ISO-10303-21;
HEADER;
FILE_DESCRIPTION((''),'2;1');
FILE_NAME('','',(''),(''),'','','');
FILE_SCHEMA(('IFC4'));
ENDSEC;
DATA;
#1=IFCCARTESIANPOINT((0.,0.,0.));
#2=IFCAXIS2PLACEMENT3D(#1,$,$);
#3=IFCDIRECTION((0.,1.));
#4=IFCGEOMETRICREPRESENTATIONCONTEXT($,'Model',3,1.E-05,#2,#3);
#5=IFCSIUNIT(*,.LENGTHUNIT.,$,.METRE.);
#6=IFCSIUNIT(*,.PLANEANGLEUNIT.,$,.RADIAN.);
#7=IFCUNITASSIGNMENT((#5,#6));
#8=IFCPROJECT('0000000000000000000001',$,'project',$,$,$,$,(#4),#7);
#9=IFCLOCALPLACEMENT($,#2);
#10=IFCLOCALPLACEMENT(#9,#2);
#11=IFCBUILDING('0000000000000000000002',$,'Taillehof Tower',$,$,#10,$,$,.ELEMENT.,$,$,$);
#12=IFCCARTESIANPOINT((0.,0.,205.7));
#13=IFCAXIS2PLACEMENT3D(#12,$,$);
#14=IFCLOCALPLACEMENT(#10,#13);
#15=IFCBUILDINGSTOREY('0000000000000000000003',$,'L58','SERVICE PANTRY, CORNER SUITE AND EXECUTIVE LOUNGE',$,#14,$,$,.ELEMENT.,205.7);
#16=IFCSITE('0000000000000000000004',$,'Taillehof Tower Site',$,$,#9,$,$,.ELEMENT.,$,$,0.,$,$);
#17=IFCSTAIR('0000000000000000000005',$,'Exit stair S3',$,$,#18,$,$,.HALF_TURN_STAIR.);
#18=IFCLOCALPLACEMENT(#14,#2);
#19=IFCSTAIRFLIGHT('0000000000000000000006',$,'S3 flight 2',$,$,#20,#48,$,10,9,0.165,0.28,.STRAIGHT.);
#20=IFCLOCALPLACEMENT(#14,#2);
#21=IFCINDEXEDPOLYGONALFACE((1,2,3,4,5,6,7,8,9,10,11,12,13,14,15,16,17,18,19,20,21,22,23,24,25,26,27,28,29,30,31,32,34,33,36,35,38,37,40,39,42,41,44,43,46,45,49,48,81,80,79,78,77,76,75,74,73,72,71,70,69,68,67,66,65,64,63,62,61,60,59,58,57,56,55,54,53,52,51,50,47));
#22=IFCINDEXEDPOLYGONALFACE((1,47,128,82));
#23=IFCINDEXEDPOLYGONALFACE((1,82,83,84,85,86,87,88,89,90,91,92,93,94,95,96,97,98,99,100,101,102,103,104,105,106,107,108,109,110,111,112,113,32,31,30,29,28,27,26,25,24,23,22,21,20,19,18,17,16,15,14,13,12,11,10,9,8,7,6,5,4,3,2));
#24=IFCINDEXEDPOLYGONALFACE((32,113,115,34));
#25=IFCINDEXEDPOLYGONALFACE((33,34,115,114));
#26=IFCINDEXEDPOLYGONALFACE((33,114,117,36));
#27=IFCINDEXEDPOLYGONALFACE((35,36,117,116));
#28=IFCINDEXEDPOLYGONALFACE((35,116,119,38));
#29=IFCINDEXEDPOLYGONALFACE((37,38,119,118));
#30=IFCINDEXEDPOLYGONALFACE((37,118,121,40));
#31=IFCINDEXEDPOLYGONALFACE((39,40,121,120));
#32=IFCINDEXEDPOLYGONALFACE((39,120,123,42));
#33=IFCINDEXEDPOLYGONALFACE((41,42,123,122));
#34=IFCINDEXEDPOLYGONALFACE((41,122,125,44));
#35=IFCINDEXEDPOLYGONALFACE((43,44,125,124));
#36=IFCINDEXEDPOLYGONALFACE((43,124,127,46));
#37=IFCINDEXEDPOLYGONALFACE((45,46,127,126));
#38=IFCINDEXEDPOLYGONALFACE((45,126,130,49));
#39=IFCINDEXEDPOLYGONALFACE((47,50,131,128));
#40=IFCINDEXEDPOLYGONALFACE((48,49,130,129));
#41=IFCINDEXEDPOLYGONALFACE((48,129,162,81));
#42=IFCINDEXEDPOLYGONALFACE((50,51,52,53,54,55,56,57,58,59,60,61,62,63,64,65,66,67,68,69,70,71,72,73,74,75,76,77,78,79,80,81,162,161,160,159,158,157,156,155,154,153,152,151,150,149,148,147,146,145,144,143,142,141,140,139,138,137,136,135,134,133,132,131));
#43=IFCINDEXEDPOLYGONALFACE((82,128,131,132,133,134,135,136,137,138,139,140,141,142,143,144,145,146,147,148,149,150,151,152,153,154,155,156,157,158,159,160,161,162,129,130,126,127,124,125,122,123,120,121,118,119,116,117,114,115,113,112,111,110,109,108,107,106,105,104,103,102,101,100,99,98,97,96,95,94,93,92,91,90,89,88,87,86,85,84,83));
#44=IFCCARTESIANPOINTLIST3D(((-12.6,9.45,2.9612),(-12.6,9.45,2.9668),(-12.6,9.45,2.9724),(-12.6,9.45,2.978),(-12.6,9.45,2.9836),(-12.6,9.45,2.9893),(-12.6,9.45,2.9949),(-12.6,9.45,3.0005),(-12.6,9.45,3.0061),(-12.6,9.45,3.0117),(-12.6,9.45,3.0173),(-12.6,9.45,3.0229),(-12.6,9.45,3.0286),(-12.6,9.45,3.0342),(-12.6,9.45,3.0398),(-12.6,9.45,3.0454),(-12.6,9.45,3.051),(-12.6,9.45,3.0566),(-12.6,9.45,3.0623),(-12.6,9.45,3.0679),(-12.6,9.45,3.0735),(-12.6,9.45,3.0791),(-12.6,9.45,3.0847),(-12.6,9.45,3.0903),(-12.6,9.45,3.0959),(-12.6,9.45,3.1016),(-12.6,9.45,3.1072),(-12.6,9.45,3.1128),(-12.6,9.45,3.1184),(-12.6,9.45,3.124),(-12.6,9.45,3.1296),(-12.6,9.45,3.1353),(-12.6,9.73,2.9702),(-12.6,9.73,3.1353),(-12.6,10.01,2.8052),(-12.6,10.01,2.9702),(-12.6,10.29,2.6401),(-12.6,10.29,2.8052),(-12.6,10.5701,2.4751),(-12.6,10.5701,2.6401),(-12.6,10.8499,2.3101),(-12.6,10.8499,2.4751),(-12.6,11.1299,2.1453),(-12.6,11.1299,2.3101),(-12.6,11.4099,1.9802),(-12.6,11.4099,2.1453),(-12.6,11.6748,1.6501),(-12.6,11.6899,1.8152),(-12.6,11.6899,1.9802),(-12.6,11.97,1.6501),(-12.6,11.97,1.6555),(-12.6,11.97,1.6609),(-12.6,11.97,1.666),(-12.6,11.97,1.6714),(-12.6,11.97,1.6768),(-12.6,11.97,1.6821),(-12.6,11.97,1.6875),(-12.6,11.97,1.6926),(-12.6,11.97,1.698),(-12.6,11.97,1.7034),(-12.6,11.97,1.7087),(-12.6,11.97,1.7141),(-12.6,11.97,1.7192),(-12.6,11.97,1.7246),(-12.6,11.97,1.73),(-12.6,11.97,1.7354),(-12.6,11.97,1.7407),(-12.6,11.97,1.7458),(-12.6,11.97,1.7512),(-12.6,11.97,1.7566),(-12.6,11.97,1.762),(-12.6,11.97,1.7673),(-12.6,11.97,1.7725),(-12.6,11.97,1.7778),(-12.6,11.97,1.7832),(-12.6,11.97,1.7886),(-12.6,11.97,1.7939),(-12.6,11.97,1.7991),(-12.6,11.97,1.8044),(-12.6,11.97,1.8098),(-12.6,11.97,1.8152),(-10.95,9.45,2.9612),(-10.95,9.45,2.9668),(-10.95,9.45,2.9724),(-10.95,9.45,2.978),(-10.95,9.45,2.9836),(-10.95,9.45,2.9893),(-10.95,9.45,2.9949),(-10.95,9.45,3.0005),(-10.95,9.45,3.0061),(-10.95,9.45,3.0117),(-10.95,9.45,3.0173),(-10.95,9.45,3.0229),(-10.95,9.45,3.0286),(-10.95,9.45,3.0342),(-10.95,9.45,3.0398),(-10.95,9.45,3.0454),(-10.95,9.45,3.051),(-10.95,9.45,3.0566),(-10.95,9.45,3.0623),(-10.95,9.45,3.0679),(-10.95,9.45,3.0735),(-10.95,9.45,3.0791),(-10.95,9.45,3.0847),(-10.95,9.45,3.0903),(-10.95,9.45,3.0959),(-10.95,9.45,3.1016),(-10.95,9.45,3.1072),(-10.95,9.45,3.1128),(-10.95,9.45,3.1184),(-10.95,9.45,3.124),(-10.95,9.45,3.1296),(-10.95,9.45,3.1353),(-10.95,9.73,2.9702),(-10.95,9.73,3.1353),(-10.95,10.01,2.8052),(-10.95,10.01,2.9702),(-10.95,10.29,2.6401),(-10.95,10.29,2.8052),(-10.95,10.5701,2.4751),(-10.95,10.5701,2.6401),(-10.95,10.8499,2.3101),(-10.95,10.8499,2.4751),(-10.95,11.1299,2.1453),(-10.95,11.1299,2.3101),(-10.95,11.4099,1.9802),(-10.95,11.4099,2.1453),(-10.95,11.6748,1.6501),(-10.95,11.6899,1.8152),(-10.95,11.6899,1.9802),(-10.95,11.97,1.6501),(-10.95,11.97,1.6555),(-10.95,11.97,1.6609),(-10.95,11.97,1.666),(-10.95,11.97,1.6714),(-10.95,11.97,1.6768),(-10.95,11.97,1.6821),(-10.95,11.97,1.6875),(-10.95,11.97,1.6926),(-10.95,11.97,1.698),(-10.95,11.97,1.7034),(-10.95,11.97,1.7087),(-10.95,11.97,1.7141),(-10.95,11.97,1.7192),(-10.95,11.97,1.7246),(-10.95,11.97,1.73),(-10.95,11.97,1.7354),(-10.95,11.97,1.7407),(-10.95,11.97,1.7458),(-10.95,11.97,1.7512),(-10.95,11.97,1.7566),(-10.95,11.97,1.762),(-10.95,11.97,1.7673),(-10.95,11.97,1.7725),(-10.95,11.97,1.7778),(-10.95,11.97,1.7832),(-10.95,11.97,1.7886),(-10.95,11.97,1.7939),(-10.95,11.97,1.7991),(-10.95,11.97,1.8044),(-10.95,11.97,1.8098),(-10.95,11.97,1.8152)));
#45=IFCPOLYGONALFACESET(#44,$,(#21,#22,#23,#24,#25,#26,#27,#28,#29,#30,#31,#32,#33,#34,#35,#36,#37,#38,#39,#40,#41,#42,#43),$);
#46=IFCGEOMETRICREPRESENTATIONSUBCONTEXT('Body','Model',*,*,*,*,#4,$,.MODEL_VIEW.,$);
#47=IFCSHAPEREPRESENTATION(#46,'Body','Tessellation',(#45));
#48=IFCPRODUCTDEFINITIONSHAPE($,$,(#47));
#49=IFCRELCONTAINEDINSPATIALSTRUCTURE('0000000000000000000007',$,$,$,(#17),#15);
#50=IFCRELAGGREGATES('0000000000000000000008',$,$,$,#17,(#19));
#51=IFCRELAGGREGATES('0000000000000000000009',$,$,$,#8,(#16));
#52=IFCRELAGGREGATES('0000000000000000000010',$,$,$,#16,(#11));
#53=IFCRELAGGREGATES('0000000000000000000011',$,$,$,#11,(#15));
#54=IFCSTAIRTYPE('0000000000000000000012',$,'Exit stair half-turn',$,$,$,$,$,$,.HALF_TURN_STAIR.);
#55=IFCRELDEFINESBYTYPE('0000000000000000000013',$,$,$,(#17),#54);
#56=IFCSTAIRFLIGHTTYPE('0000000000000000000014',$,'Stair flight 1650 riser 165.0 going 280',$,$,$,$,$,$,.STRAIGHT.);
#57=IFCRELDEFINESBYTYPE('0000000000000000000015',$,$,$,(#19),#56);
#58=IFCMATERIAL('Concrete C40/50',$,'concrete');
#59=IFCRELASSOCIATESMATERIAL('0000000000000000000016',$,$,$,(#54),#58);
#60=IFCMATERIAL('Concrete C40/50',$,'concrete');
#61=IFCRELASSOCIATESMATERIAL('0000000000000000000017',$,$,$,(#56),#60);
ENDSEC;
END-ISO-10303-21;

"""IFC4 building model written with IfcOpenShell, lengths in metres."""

from ifc_helpers import new_model, si_unit, direction, frame, origin, place, context, subcontext, project, spatial, polyline, outline, extrude, material, type_object, element, aggregate, save


model = new_model("IFC4")

# Units and contexts
model_context = context("Model", 3, precision=1e-05, world=origin(), true_north=direction((0.0, 1.0)))
body_context = subcontext(model_context, "Body", "Model", "MODEL_VIEW")
ifc_project = project(units=[si_unit("LENGTHUNIT", "METRE"), si_unit("PLANEANGLEUNIT", "RADIAN")], contexts=[model_context])

# Site, building, storey
site_placement = place(None, origin())
site = spatial("IfcSite", under=ifc_project, at=site_placement, Name="Taillehof Tower Site", CompositionType="ELEMENT", RefElevation=0.0)
building_placement = place(site_placement, origin())
building = spatial("IfcBuilding", under=site, at=building_placement, Name="Taillehof Tower", CompositionType="ELEMENT")
storey_placement = place(building_placement, frame((0.0, 0.0, 205.7)))
storey = spatial("IfcBuildingStorey", under=building, at=storey_placement, Name="L58", Description="SERVICE PANTRY, CORNER SUITE AND EXECUTIVE LOUNGE", CompositionType="ELEMENT", Elevation=205.7)

# Stair, stair flight
ifc_material_1 = material(Name="Concrete C40/50", Category="concrete")
stair_type = type_object("IfcStairType", Name="Exit stair half-turn", PredefinedType="HALF_TURN_STAIR", material=ifc_material_1)
stair_placement = place(storey_placement, origin())
stair = element("IfcStair", 1, at=stair_placement, inside=storey, type_object=stair_type, Name="Exit stair S3", PredefinedType="HALF_TURN_STAIR")
ifc_material_2 = material(Name="Concrete C40/50", Category="concrete")
stair_flight_type = type_object("IfcStairFlightType", Name="Stair flight 1650 riser 165.0 going 280", PredefinedType="STRAIGHT", material=ifc_material_2)
stair_flight_placement = place(storey_placement, frame((-11.7749, 11.97, 1.6501), z_axis=(0.0, 0.0, 1.0), x_axis=(0.0, -1.0, 0.0)))
stair_flight = element("IfcStairFlight", 2, at=stair_flight_placement, type_object=stair_flight_type, Name="S3 flight 2", NumberOfRisers=10, NumberOfTreads=9, PredefinedType="STRAIGHT", RiserHeight=0.165, TreadLength=0.28, context=body_context, shape_type="SweptSolid", body=[
    extrude(outline(polyline([(0.0, 0.0), (0.0, 0.0054), (0.0, 0.0107), (0.0, 0.0159), (0.0, 0.0212), (0.0, 0.0266), (0.0, 0.032), (0.0, 0.0374), (0.0, 0.0425), (0.0, 0.0479), (0.0, 0.0532), (0.0, 0.0586), (0.0, 0.064), (0.0, 0.0691), (0.0, 0.0745), (0.0, 0.0798), (0.0, 0.0852), (0.0, 0.0906), (0.0, 0.0957), (0.0, 0.1011), (0.0, 0.1064), (0.0, 0.1118), (0.0, 0.1172), (0.0, 0.1223), (0.0, 0.1277), (0.0, 0.1331), (0.0, 0.1384), (0.0, 0.1438), (0.0, 0.1489), (0.0, 0.1543), (0.0, 0.1597), (0.0, 0.165), (0.28, 0.165), (0.28, 0.3301), (0.5601, 0.3301), (0.5601, 0.4951), (0.8401, 0.4951), (0.8401, 0.6599), (1.1201, 0.6599), (1.1201, 0.825), (1.3999, 0.825), (1.3999, 0.99), (1.6799, 0.99), (1.6799, 1.155), (1.96, 1.155), (1.96, 1.3201), (2.24, 1.3201), (2.24, 1.4851), (2.52, 1.4851), (2.52, 1.4795), (2.52, 1.4739), (2.52, 1.4683), (2.52, 1.4626), (2.52, 1.457), (2.52, 1.4514), (2.52, 1.4458), (2.52, 1.4402), (2.52, 1.4346), (2.52, 1.429), (2.52, 1.4233), (2.52, 1.4177), (2.52, 1.4121), (2.52, 1.4065), (2.52, 1.4009), (2.52, 1.3953), (2.52, 1.3896), (2.52, 1.384), (2.52, 1.3784), (2.52, 1.3728), (2.52, 1.3672), (2.52, 1.3616), (2.52, 1.356), (2.52, 1.3503), (2.52, 1.3447), (2.52, 1.3391), (2.52, 1.3335), (2.52, 1.3279), (2.52, 1.3223), (2.52, 1.3167), (2.52, 1.311), (0.2952, 0.0), (0.0, 0.0)])), frame((0.0, 0.825, 0.0), z_axis=(0.0, -1.0, 0.0), x_axis=(1.0, 0.0, 0.0)), (0.0, 0.0, 1.0), 1.65),
])
aggregate(stair, [stair_flight])

save(model, "model.ifc")
